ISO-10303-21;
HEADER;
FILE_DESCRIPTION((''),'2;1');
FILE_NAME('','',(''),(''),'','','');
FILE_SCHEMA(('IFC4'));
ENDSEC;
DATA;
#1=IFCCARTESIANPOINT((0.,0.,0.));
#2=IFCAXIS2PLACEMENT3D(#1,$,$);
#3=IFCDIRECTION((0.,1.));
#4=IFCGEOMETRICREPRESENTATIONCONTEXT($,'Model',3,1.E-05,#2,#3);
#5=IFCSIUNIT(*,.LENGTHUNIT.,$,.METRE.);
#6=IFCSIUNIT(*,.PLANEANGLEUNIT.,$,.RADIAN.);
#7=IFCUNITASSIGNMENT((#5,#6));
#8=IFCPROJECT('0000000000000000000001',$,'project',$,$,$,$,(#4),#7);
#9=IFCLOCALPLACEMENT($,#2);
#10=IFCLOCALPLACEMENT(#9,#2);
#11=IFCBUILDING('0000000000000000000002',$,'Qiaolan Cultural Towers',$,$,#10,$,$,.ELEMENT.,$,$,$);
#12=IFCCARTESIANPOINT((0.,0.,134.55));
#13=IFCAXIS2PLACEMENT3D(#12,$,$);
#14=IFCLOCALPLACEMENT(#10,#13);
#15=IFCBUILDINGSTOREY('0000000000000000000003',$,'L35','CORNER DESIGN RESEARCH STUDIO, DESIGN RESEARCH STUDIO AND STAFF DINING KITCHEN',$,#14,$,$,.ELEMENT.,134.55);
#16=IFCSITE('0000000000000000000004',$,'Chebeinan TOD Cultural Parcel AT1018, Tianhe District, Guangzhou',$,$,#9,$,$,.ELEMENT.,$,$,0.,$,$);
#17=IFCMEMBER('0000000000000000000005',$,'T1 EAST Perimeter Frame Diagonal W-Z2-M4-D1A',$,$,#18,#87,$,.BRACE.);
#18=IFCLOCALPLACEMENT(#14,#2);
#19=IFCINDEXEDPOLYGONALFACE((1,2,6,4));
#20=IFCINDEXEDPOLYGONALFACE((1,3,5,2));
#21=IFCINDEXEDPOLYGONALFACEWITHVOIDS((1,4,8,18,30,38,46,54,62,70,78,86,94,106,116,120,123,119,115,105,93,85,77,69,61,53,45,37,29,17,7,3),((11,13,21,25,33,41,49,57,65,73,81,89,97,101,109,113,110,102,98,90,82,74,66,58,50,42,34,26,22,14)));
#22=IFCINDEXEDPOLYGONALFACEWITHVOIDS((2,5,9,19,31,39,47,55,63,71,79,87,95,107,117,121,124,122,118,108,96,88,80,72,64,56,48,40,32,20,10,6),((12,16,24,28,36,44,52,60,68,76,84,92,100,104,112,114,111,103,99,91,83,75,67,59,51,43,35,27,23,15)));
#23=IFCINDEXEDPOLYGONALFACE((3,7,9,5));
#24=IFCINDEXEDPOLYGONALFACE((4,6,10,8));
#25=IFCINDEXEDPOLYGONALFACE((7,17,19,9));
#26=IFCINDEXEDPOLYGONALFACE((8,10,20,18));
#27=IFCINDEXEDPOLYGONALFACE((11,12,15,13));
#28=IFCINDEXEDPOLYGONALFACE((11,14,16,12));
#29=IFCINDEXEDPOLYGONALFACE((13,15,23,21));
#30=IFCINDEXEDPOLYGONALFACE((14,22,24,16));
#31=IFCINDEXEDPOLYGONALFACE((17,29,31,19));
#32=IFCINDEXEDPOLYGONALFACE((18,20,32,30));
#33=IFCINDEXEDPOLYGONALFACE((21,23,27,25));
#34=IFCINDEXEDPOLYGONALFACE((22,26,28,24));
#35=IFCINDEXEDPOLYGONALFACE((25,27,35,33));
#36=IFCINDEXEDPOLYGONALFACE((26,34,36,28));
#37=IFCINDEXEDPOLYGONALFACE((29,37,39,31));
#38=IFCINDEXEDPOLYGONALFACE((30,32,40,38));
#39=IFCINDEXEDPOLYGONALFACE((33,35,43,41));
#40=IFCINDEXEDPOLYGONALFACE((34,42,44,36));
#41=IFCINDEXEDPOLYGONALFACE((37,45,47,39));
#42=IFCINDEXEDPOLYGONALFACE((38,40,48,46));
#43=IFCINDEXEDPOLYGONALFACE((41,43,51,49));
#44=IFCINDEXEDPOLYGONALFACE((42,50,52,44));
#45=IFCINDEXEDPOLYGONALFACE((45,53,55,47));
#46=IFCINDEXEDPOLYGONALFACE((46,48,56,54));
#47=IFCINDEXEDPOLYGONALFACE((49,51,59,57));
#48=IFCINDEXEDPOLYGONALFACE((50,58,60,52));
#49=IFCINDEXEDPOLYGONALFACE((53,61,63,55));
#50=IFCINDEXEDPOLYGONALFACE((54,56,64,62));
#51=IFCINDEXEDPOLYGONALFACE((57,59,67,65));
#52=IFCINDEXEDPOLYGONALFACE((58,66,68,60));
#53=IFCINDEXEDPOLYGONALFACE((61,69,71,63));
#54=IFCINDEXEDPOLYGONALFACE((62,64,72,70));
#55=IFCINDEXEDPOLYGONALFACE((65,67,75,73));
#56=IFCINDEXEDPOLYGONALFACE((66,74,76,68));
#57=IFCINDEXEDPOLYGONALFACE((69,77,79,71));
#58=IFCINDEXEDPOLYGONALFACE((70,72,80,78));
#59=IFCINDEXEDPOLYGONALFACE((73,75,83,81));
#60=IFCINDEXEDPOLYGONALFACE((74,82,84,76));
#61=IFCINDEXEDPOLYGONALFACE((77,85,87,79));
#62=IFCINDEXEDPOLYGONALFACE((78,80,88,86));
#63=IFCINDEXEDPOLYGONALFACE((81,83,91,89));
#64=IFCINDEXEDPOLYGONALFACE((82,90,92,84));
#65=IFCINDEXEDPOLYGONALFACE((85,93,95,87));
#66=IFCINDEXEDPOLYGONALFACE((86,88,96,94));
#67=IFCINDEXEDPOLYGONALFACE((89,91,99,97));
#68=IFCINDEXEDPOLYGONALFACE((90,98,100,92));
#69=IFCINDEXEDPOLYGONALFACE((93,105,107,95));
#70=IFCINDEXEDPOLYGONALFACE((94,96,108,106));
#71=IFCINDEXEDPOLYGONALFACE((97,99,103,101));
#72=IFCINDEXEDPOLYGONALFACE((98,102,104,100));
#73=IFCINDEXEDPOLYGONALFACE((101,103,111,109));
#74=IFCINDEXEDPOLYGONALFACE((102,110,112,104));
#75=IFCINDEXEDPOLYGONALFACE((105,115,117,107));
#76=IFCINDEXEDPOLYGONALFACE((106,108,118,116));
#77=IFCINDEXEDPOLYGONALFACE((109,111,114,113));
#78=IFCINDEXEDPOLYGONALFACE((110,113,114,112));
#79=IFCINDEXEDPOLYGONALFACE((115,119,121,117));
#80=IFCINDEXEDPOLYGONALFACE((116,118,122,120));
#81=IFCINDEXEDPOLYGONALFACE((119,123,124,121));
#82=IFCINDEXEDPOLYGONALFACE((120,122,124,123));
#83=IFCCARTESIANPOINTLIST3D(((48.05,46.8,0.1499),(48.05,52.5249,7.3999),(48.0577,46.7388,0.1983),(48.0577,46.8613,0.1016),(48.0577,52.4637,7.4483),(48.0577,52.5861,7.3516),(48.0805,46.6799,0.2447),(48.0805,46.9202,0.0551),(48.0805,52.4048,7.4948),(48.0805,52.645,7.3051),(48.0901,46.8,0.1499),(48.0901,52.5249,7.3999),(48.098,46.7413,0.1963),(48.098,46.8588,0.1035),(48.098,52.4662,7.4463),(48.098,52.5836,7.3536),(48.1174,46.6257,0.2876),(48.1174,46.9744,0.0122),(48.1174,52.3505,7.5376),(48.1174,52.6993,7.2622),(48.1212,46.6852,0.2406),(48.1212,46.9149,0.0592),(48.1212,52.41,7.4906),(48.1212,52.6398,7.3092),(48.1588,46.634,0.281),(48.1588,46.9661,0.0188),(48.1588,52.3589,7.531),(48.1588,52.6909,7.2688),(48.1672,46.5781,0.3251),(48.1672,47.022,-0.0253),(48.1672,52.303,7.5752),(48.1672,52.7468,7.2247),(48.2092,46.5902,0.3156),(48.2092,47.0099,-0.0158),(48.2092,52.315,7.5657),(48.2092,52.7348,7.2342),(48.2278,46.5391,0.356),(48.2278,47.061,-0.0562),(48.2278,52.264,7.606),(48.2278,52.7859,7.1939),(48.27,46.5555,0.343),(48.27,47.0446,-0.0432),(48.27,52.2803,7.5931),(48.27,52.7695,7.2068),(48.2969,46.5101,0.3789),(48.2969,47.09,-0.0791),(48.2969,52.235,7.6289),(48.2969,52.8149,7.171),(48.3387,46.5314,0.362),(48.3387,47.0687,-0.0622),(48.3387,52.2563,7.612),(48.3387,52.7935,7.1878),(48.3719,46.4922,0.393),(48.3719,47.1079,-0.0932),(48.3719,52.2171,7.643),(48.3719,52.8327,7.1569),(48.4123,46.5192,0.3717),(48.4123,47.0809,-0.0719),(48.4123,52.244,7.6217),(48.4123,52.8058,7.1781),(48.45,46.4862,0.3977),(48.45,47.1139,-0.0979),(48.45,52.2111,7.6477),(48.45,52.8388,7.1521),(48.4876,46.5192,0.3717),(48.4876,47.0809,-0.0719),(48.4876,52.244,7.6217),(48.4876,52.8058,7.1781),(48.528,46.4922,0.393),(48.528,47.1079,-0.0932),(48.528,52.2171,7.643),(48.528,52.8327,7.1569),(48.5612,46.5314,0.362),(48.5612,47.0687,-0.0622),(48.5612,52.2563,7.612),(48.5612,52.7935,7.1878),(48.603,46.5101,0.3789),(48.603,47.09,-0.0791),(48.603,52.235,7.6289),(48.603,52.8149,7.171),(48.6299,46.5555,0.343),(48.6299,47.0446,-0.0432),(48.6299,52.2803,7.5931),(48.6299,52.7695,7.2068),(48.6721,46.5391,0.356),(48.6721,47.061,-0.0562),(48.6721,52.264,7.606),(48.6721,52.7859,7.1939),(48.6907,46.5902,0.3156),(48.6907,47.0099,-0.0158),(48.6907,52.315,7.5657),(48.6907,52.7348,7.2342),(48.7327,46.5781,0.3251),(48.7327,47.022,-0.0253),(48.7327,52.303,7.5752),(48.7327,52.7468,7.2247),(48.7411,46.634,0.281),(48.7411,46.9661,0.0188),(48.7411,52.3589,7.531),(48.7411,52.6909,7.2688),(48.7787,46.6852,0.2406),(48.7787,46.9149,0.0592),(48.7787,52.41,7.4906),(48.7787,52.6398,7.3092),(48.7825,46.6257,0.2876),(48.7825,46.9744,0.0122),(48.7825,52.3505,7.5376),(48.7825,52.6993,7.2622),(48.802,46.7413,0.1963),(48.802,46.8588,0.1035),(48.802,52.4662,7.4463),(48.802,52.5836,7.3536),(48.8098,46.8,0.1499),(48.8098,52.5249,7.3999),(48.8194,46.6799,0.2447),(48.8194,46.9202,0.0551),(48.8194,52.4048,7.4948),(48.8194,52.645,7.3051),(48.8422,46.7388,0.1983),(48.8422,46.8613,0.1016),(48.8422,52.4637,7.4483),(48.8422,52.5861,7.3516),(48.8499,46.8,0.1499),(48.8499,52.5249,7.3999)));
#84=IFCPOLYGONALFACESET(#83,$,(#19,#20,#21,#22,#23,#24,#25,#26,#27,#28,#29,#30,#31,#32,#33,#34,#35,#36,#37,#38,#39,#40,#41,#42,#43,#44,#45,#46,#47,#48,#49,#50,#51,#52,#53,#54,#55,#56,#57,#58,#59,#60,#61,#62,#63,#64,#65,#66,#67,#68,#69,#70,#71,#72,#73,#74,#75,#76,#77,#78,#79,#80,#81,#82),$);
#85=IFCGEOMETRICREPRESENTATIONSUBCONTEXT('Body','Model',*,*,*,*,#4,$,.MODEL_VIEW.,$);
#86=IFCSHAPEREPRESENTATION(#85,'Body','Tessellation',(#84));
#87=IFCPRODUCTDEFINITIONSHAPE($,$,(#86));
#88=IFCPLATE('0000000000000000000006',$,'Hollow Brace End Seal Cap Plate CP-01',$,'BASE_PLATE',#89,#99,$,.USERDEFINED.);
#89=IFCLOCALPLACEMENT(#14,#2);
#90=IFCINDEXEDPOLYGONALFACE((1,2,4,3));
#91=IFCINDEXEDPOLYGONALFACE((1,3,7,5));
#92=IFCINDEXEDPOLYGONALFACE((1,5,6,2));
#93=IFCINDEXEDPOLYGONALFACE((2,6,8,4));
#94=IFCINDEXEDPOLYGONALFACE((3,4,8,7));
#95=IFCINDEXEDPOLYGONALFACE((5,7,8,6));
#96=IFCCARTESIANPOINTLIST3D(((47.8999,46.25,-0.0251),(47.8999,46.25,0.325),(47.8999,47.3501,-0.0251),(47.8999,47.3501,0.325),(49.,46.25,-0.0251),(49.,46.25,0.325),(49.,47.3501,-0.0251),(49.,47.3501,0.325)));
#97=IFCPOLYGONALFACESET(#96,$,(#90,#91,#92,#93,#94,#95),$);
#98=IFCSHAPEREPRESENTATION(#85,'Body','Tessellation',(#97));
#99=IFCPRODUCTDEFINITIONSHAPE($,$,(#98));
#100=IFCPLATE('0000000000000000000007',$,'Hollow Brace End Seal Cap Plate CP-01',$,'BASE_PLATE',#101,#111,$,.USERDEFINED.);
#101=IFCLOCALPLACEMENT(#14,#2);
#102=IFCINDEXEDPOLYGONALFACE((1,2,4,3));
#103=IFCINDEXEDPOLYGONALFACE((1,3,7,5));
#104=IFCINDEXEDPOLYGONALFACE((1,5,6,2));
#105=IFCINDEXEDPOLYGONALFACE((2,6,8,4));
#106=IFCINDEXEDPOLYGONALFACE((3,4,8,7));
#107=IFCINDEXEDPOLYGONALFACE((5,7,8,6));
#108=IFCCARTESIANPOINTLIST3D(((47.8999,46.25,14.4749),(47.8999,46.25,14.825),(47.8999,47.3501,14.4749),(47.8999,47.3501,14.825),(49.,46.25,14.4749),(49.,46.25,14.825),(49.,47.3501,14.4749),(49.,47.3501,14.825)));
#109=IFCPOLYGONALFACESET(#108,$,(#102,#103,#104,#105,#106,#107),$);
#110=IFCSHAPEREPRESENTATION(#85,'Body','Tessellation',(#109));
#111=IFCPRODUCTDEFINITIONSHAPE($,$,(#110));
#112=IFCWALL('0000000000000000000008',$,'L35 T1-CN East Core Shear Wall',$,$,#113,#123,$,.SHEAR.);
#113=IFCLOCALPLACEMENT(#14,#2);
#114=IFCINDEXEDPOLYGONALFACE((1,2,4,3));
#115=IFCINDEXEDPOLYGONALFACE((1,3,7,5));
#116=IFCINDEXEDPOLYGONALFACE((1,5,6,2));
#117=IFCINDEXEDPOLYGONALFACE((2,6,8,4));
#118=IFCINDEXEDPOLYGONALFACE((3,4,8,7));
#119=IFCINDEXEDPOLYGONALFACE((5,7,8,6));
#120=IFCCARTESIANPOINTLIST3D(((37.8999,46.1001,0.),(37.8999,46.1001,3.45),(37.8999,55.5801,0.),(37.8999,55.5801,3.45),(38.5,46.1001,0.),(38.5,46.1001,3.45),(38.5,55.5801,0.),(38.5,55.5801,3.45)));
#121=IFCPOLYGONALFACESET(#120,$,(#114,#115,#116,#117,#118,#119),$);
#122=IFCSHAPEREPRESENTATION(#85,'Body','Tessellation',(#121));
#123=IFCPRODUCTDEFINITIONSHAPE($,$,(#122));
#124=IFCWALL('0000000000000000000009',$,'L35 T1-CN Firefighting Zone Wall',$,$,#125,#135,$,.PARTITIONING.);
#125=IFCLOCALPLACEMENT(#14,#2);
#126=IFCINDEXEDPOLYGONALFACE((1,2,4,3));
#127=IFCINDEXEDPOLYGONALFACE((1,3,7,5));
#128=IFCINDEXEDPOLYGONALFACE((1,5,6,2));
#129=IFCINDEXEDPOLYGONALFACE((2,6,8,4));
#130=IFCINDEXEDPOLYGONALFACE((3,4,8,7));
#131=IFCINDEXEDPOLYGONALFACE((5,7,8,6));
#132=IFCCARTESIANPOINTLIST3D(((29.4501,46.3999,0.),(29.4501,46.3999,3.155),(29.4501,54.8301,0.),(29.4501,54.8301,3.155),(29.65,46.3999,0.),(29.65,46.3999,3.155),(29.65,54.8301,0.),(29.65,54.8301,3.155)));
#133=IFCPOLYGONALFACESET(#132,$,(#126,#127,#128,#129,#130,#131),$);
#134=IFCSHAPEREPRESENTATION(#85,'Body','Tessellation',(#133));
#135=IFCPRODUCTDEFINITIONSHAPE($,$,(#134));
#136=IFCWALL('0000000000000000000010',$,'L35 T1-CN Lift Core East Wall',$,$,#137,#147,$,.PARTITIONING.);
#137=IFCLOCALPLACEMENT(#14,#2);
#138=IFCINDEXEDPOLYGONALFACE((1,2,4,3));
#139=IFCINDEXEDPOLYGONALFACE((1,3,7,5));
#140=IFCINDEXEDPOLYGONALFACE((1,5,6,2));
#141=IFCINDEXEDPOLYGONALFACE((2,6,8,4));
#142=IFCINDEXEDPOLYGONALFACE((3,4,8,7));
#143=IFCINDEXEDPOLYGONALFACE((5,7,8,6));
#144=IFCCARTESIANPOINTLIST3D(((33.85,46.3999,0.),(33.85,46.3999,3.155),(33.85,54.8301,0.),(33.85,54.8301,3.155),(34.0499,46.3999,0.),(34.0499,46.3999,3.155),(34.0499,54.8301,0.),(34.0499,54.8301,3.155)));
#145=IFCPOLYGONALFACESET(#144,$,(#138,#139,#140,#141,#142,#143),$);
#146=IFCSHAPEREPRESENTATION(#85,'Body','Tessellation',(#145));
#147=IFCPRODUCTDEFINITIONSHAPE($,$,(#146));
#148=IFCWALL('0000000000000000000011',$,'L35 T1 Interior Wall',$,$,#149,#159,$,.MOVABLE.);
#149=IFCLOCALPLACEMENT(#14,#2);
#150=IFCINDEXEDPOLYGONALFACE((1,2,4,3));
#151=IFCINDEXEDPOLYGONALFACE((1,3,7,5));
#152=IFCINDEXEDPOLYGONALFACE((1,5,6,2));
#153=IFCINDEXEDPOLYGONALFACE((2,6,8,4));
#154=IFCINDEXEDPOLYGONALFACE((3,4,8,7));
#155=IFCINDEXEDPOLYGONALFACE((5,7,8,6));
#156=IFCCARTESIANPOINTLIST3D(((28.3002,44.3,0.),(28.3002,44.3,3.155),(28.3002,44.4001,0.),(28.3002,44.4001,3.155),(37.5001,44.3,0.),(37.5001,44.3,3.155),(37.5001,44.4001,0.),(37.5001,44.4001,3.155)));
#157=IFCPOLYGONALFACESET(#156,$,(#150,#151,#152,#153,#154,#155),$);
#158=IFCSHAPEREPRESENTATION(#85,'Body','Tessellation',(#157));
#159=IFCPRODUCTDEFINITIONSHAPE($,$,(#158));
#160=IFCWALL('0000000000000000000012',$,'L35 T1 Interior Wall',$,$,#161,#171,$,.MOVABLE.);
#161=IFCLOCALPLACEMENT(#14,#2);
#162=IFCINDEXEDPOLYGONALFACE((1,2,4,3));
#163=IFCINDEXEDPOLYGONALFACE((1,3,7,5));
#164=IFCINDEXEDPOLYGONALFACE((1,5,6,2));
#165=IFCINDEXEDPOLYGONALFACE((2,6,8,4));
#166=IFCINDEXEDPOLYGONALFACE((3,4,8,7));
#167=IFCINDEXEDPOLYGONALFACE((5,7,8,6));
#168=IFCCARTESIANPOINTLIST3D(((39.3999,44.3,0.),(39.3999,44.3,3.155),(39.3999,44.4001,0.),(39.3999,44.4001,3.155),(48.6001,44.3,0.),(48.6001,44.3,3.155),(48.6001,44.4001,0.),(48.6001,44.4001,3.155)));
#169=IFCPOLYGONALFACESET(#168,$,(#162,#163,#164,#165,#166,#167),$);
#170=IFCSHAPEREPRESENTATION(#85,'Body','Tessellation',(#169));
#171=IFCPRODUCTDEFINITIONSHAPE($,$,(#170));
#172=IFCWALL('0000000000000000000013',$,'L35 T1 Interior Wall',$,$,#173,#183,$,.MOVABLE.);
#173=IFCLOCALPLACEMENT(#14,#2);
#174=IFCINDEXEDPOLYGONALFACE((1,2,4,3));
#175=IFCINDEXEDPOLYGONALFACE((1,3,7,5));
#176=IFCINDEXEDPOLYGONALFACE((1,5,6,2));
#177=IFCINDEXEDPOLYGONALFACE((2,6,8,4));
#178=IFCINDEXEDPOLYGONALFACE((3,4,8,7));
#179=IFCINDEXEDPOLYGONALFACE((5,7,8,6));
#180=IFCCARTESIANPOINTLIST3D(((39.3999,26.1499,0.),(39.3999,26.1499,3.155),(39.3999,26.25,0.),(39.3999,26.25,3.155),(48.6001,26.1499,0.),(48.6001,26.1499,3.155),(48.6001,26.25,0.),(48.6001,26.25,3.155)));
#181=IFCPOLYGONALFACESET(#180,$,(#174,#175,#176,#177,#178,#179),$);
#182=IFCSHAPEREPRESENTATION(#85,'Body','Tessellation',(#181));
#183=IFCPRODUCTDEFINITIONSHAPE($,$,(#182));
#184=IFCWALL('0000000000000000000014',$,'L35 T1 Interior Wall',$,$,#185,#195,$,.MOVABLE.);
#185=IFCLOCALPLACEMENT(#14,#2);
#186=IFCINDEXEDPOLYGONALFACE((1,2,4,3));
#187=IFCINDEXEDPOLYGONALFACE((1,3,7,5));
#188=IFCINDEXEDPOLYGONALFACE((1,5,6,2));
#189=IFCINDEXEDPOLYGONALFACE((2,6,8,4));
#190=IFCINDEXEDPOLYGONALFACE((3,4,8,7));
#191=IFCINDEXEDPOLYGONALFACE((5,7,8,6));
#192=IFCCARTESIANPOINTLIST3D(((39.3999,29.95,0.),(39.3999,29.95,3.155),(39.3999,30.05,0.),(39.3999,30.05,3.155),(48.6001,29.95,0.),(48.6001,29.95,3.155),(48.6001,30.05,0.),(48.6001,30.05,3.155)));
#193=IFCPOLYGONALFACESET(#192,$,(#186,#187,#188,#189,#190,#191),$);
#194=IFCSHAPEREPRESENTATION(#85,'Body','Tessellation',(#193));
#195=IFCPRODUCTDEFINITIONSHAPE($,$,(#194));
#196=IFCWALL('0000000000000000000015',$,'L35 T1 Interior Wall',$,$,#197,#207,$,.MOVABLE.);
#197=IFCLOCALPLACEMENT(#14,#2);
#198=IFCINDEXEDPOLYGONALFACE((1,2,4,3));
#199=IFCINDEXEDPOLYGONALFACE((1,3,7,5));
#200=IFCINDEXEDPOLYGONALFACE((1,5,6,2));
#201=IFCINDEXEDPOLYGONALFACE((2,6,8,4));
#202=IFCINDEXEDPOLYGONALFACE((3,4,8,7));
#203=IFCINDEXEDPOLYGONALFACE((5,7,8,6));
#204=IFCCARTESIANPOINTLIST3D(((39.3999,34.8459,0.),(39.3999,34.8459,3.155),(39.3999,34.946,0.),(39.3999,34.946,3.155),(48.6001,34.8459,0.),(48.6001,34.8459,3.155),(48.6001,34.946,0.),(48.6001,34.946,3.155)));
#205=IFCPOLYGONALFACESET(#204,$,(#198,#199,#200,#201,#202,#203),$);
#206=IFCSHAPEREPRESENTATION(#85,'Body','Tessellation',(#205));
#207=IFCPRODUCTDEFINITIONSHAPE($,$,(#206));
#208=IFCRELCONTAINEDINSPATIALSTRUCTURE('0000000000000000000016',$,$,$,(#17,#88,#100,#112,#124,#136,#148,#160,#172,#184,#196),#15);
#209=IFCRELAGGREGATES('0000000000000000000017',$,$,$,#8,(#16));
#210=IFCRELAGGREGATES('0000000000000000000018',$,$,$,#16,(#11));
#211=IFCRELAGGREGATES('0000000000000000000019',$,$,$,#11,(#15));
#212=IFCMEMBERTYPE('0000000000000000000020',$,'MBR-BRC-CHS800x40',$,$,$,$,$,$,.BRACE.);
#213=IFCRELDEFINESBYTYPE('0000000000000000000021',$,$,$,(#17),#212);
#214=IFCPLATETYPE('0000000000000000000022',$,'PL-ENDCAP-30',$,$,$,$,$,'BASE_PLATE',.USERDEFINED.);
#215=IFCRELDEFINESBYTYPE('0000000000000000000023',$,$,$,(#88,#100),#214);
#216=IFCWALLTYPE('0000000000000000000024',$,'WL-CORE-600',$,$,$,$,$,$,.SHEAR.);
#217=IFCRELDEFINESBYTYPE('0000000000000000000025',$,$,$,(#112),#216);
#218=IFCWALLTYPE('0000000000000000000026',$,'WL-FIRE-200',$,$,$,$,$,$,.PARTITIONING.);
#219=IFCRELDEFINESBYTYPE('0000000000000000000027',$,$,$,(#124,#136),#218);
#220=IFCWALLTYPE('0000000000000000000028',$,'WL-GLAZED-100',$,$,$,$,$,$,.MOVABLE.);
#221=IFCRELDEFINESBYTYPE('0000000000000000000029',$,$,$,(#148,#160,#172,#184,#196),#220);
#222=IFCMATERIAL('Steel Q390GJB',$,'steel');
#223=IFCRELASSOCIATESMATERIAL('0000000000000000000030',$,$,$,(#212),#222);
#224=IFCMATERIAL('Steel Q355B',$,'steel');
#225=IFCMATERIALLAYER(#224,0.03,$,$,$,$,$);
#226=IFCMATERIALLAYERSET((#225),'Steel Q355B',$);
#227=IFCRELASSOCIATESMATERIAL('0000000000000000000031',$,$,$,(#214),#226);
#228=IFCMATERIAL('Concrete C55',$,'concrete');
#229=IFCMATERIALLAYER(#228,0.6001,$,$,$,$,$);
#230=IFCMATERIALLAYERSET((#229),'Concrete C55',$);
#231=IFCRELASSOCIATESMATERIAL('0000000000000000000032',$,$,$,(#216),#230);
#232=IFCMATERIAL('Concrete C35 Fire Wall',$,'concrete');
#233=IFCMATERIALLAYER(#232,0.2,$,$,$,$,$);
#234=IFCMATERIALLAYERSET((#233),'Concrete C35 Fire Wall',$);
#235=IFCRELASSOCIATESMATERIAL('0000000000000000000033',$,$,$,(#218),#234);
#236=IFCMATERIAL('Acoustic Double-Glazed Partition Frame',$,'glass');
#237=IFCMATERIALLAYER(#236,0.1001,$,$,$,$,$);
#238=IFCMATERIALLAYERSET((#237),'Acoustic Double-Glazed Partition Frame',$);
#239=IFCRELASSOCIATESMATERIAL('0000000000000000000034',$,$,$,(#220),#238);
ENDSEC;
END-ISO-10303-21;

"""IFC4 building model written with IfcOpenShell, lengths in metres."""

from ifc_helpers import new_model, si_unit, direction, frame, frame_2d, origin, origin_2d, place, context, subcontext, project, spatial, rectangle, hollow_circle, extrude, material, layer, layer_set, material_profile, profile_set, type_object, element, save


model = new_model("IFC4")

# Units and contexts
model_context = context("Model", 3, precision=1e-05, world=origin(), true_north=direction((0.0, 1.0)))
body_context = subcontext(model_context, "Body", "Model", "MODEL_VIEW")
ifc_project = project(units=[si_unit("LENGTHUNIT", "METRE"), si_unit("PLANEANGLEUNIT", "RADIAN")], contexts=[model_context])

# Site, building, storey
site_placement = place(None, origin())
site = spatial("IfcSite", under=ifc_project, at=site_placement, Name="Chebeinan TOD Cultural Parcel AT1018, Tianhe District, Guangzhou", CompositionType="ELEMENT", RefElevation=0.0)
building_placement = place(site_placement, origin())
building = spatial("IfcBuilding", under=site, at=building_placement, Name="Qiaolan Cultural Towers", CompositionType="ELEMENT")
storey_placement = place(building_placement, frame((0.0, 0.0, 134.55)))
storey = spatial("IfcBuildingStorey", under=building, at=storey_placement, Name="L35", Description="CORNER DESIGN RESEARCH STUDIO, DESIGN RESEARCH STUDIO AND STAFF DINING KITCHEN", CompositionType="ELEMENT", Elevation=134.55)

# Member
ifc_material_1 = material(Name="Steel Q390GJB", Category="steel")
ifc_material_profile_1 = material_profile(ifc_material_1, hollow_circle(Radius=0.3999, WallThickness=0.04, at=origin_2d()), Name="CHS800x40")
ifc_profile_set_1 = profile_set([ifc_material_profile_1], Name="Steel Q390GJB")
member_type = type_object("IfcMemberType", Name="MBR-BRC-CHS800x40", PredefinedType="BRACE", material=ifc_profile_set_1)
member_placement = place(storey_placement, frame((48.45, 46.8, 0.1499), z_axis=(0.0, 0.619722, 0.784821), x_axis=(-1.0, 0.0, 0.0)))
element("IfcMember", 1, at=member_placement, inside=storey, type_object=member_type, Name="T1 EAST Perimeter Frame Diagonal W-Z2-M4-D1A", PredefinedType="BRACE", context=body_context, shape_type="SweptSolid", body=[
    extrude(hollow_circle(Radius=0.3999, WallThickness=0.04, at=origin_2d()), origin(), (0.0, 0.0, 1.0), 9.2378),
])

# Plates
ifc_material_2 = material(Name="Steel Q355B", Category="steel")
ifc_layer_1 = layer(ifc_material_2, 0.03)
ifc_layer_set_1 = layer_set([ifc_layer_1], Name="Steel Q355B")
plate_type = type_object("IfcPlateType", Name="PL-ENDCAP-30", ElementType="BASE_PLATE", PredefinedType="USERDEFINED", material=ifc_layer_set_1)
for number, where, z_axis, x_axis, name in (
    (2, (48.45, 46.8, -0.0251), (0.0, 0.0, 1.0), (0.0, 1.0, 0.0), "Hollow Brace End Seal Cap Plate CP-01"),
    (3, (48.45, 46.8, 14.4749), (0.0, 0.0, 1.0), (0.0, 1.0, 0.0), "Hollow Brace End Seal Cap Plate CP-01"),
):
    element("IfcPlate", number, at=place(storey_placement, frame(where, z_axis=z_axis, x_axis=x_axis)), inside=storey, type_object=plate_type, Name=name, ObjectType="BASE_PLATE", PredefinedType="USERDEFINED", context=body_context, shape_type="SweptSolid", body=[
        extrude(rectangle(XDim=1.1001, YDim=1.1001, at=origin_2d()), origin(), (0.0, 0.0, 1.0), 0.3501),
    ])

# Walls
ifc_material_3 = material(Name="Concrete C55", Category="concrete")
ifc_layer_2 = layer(ifc_material_3, 0.6001)
ifc_layer_set_2 = layer_set([ifc_layer_2], Name="Concrete C55")
wall_type_1 = type_object("IfcWallType", Name="WL-CORE-600", PredefinedType="SHEAR", material=ifc_layer_set_2)
wall_1_placement = place(storey_placement, frame((38.2, 46.1001, 0.0), z_axis=(0.0, 0.0, 1.0), x_axis=(0.0, 1.0, 0.0)))
element("IfcWall", 4, at=wall_1_placement, inside=storey, type_object=wall_type_1, Name="L35 T1-CN East Core Shear Wall", PredefinedType="SHEAR", context=body_context, shape_type="SweptSolid", body=[
    extrude(rectangle(XDim=9.48, YDim=0.6001, at=frame_2d((4.74, 0.0))), origin(), (0.0, 0.0, 1.0), 3.45),
])
ifc_material_4 = material(Name="Concrete C35 Fire Wall", Category="concrete")
ifc_layer_3 = layer(ifc_material_4, 0.2)
ifc_layer_set_3 = layer_set([ifc_layer_3], Name="Concrete C35 Fire Wall")
wall_type_2 = type_object("IfcWallType", Name="WL-FIRE-200", PredefinedType="PARTITIONING", material=ifc_layer_set_3)
for number, where, z_axis, x_axis, name in (
    (5, (29.55, 46.3999, 0.0), (0.0, 0.0, 1.0), (0.0, 1.0, 0.0), "L35 T1-CN Firefighting Zone Wall"),
    (6, (33.95, 46.3999, 0.0), (0.0, 0.0, 1.0), (0.0, 1.0, 0.0), "L35 T1-CN Lift Core East Wall"),
):
    element("IfcWall", number, at=place(storey_placement, frame(where, z_axis=z_axis, x_axis=x_axis)), inside=storey, type_object=wall_type_2, Name=name, PredefinedType="PARTITIONING", context=body_context, shape_type="SweptSolid", body=[
        extrude(rectangle(XDim=8.4302, YDim=0.2, at=frame_2d((4.2151, 0.0))), origin(), (0.0, 0.0, 1.0), 3.155),
    ])
ifc_material_5 = material(Name="Acoustic Double-Glazed Partition Frame", Category="glass")
ifc_layer_4 = layer(ifc_material_5, 0.1001)
ifc_layer_set_4 = layer_set([ifc_layer_4], Name="Acoustic Double-Glazed Partition Frame")
wall_type_3 = type_object("IfcWallType", Name="WL-GLAZED-100", PredefinedType="MOVABLE", material=ifc_layer_set_4)
wall_2_placement = place(storey_placement, frame((28.3, 44.3501, 0.0), z_axis=(0.0, 0.0, 1.0), x_axis=(1.0, 0.0, 0.0)))
element("IfcWall", 7, at=wall_2_placement, inside=storey, type_object=wall_type_3, Name="L35 T1 Interior Wall", PredefinedType="MOVABLE", context=body_context, shape_type="SweptSolid", body=[
    extrude(rectangle(XDim=9.2, YDim=0.1001, at=frame_2d((4.6001, 0.0))), origin(), (0.0, 0.0, 1.0), 3.155),
])
for number, where, z_axis, x_axis, name in (
    (8, (39.3999, 44.3501, 0.0), (0.0, 0.0, 1.0), (1.0, 0.0, 0.0), "L35 T1 Interior Wall"),
    (9, (39.3999, 26.2, 0.0), (0.0, 0.0, 1.0), (1.0, 0.0, 0.0), "L35 T1 Interior Wall"),
    (10, (39.3999, 30.0, 0.0), (0.0, 0.0, 1.0), (1.0, 0.0, 0.0), "L35 T1 Interior Wall"),
    (11, (39.3999, 34.896, 0.0), (0.0, 0.0, 1.0), (1.0, 0.0, 0.0), "L35 T1 Interior Wall"),
):
    element("IfcWall", number, at=place(storey_placement, frame(where, z_axis=z_axis, x_axis=x_axis)), inside=storey, type_object=wall_type_3, Name=name, PredefinedType="MOVABLE", context=body_context, shape_type="SweptSolid", body=[
        extrude(rectangle(XDim=9.2002, YDim=0.1001, at=frame_2d((4.6001, 0.0))), origin(), (0.0, 0.0, 1.0), 3.155),
    ])

save(model, "model.ifc")
